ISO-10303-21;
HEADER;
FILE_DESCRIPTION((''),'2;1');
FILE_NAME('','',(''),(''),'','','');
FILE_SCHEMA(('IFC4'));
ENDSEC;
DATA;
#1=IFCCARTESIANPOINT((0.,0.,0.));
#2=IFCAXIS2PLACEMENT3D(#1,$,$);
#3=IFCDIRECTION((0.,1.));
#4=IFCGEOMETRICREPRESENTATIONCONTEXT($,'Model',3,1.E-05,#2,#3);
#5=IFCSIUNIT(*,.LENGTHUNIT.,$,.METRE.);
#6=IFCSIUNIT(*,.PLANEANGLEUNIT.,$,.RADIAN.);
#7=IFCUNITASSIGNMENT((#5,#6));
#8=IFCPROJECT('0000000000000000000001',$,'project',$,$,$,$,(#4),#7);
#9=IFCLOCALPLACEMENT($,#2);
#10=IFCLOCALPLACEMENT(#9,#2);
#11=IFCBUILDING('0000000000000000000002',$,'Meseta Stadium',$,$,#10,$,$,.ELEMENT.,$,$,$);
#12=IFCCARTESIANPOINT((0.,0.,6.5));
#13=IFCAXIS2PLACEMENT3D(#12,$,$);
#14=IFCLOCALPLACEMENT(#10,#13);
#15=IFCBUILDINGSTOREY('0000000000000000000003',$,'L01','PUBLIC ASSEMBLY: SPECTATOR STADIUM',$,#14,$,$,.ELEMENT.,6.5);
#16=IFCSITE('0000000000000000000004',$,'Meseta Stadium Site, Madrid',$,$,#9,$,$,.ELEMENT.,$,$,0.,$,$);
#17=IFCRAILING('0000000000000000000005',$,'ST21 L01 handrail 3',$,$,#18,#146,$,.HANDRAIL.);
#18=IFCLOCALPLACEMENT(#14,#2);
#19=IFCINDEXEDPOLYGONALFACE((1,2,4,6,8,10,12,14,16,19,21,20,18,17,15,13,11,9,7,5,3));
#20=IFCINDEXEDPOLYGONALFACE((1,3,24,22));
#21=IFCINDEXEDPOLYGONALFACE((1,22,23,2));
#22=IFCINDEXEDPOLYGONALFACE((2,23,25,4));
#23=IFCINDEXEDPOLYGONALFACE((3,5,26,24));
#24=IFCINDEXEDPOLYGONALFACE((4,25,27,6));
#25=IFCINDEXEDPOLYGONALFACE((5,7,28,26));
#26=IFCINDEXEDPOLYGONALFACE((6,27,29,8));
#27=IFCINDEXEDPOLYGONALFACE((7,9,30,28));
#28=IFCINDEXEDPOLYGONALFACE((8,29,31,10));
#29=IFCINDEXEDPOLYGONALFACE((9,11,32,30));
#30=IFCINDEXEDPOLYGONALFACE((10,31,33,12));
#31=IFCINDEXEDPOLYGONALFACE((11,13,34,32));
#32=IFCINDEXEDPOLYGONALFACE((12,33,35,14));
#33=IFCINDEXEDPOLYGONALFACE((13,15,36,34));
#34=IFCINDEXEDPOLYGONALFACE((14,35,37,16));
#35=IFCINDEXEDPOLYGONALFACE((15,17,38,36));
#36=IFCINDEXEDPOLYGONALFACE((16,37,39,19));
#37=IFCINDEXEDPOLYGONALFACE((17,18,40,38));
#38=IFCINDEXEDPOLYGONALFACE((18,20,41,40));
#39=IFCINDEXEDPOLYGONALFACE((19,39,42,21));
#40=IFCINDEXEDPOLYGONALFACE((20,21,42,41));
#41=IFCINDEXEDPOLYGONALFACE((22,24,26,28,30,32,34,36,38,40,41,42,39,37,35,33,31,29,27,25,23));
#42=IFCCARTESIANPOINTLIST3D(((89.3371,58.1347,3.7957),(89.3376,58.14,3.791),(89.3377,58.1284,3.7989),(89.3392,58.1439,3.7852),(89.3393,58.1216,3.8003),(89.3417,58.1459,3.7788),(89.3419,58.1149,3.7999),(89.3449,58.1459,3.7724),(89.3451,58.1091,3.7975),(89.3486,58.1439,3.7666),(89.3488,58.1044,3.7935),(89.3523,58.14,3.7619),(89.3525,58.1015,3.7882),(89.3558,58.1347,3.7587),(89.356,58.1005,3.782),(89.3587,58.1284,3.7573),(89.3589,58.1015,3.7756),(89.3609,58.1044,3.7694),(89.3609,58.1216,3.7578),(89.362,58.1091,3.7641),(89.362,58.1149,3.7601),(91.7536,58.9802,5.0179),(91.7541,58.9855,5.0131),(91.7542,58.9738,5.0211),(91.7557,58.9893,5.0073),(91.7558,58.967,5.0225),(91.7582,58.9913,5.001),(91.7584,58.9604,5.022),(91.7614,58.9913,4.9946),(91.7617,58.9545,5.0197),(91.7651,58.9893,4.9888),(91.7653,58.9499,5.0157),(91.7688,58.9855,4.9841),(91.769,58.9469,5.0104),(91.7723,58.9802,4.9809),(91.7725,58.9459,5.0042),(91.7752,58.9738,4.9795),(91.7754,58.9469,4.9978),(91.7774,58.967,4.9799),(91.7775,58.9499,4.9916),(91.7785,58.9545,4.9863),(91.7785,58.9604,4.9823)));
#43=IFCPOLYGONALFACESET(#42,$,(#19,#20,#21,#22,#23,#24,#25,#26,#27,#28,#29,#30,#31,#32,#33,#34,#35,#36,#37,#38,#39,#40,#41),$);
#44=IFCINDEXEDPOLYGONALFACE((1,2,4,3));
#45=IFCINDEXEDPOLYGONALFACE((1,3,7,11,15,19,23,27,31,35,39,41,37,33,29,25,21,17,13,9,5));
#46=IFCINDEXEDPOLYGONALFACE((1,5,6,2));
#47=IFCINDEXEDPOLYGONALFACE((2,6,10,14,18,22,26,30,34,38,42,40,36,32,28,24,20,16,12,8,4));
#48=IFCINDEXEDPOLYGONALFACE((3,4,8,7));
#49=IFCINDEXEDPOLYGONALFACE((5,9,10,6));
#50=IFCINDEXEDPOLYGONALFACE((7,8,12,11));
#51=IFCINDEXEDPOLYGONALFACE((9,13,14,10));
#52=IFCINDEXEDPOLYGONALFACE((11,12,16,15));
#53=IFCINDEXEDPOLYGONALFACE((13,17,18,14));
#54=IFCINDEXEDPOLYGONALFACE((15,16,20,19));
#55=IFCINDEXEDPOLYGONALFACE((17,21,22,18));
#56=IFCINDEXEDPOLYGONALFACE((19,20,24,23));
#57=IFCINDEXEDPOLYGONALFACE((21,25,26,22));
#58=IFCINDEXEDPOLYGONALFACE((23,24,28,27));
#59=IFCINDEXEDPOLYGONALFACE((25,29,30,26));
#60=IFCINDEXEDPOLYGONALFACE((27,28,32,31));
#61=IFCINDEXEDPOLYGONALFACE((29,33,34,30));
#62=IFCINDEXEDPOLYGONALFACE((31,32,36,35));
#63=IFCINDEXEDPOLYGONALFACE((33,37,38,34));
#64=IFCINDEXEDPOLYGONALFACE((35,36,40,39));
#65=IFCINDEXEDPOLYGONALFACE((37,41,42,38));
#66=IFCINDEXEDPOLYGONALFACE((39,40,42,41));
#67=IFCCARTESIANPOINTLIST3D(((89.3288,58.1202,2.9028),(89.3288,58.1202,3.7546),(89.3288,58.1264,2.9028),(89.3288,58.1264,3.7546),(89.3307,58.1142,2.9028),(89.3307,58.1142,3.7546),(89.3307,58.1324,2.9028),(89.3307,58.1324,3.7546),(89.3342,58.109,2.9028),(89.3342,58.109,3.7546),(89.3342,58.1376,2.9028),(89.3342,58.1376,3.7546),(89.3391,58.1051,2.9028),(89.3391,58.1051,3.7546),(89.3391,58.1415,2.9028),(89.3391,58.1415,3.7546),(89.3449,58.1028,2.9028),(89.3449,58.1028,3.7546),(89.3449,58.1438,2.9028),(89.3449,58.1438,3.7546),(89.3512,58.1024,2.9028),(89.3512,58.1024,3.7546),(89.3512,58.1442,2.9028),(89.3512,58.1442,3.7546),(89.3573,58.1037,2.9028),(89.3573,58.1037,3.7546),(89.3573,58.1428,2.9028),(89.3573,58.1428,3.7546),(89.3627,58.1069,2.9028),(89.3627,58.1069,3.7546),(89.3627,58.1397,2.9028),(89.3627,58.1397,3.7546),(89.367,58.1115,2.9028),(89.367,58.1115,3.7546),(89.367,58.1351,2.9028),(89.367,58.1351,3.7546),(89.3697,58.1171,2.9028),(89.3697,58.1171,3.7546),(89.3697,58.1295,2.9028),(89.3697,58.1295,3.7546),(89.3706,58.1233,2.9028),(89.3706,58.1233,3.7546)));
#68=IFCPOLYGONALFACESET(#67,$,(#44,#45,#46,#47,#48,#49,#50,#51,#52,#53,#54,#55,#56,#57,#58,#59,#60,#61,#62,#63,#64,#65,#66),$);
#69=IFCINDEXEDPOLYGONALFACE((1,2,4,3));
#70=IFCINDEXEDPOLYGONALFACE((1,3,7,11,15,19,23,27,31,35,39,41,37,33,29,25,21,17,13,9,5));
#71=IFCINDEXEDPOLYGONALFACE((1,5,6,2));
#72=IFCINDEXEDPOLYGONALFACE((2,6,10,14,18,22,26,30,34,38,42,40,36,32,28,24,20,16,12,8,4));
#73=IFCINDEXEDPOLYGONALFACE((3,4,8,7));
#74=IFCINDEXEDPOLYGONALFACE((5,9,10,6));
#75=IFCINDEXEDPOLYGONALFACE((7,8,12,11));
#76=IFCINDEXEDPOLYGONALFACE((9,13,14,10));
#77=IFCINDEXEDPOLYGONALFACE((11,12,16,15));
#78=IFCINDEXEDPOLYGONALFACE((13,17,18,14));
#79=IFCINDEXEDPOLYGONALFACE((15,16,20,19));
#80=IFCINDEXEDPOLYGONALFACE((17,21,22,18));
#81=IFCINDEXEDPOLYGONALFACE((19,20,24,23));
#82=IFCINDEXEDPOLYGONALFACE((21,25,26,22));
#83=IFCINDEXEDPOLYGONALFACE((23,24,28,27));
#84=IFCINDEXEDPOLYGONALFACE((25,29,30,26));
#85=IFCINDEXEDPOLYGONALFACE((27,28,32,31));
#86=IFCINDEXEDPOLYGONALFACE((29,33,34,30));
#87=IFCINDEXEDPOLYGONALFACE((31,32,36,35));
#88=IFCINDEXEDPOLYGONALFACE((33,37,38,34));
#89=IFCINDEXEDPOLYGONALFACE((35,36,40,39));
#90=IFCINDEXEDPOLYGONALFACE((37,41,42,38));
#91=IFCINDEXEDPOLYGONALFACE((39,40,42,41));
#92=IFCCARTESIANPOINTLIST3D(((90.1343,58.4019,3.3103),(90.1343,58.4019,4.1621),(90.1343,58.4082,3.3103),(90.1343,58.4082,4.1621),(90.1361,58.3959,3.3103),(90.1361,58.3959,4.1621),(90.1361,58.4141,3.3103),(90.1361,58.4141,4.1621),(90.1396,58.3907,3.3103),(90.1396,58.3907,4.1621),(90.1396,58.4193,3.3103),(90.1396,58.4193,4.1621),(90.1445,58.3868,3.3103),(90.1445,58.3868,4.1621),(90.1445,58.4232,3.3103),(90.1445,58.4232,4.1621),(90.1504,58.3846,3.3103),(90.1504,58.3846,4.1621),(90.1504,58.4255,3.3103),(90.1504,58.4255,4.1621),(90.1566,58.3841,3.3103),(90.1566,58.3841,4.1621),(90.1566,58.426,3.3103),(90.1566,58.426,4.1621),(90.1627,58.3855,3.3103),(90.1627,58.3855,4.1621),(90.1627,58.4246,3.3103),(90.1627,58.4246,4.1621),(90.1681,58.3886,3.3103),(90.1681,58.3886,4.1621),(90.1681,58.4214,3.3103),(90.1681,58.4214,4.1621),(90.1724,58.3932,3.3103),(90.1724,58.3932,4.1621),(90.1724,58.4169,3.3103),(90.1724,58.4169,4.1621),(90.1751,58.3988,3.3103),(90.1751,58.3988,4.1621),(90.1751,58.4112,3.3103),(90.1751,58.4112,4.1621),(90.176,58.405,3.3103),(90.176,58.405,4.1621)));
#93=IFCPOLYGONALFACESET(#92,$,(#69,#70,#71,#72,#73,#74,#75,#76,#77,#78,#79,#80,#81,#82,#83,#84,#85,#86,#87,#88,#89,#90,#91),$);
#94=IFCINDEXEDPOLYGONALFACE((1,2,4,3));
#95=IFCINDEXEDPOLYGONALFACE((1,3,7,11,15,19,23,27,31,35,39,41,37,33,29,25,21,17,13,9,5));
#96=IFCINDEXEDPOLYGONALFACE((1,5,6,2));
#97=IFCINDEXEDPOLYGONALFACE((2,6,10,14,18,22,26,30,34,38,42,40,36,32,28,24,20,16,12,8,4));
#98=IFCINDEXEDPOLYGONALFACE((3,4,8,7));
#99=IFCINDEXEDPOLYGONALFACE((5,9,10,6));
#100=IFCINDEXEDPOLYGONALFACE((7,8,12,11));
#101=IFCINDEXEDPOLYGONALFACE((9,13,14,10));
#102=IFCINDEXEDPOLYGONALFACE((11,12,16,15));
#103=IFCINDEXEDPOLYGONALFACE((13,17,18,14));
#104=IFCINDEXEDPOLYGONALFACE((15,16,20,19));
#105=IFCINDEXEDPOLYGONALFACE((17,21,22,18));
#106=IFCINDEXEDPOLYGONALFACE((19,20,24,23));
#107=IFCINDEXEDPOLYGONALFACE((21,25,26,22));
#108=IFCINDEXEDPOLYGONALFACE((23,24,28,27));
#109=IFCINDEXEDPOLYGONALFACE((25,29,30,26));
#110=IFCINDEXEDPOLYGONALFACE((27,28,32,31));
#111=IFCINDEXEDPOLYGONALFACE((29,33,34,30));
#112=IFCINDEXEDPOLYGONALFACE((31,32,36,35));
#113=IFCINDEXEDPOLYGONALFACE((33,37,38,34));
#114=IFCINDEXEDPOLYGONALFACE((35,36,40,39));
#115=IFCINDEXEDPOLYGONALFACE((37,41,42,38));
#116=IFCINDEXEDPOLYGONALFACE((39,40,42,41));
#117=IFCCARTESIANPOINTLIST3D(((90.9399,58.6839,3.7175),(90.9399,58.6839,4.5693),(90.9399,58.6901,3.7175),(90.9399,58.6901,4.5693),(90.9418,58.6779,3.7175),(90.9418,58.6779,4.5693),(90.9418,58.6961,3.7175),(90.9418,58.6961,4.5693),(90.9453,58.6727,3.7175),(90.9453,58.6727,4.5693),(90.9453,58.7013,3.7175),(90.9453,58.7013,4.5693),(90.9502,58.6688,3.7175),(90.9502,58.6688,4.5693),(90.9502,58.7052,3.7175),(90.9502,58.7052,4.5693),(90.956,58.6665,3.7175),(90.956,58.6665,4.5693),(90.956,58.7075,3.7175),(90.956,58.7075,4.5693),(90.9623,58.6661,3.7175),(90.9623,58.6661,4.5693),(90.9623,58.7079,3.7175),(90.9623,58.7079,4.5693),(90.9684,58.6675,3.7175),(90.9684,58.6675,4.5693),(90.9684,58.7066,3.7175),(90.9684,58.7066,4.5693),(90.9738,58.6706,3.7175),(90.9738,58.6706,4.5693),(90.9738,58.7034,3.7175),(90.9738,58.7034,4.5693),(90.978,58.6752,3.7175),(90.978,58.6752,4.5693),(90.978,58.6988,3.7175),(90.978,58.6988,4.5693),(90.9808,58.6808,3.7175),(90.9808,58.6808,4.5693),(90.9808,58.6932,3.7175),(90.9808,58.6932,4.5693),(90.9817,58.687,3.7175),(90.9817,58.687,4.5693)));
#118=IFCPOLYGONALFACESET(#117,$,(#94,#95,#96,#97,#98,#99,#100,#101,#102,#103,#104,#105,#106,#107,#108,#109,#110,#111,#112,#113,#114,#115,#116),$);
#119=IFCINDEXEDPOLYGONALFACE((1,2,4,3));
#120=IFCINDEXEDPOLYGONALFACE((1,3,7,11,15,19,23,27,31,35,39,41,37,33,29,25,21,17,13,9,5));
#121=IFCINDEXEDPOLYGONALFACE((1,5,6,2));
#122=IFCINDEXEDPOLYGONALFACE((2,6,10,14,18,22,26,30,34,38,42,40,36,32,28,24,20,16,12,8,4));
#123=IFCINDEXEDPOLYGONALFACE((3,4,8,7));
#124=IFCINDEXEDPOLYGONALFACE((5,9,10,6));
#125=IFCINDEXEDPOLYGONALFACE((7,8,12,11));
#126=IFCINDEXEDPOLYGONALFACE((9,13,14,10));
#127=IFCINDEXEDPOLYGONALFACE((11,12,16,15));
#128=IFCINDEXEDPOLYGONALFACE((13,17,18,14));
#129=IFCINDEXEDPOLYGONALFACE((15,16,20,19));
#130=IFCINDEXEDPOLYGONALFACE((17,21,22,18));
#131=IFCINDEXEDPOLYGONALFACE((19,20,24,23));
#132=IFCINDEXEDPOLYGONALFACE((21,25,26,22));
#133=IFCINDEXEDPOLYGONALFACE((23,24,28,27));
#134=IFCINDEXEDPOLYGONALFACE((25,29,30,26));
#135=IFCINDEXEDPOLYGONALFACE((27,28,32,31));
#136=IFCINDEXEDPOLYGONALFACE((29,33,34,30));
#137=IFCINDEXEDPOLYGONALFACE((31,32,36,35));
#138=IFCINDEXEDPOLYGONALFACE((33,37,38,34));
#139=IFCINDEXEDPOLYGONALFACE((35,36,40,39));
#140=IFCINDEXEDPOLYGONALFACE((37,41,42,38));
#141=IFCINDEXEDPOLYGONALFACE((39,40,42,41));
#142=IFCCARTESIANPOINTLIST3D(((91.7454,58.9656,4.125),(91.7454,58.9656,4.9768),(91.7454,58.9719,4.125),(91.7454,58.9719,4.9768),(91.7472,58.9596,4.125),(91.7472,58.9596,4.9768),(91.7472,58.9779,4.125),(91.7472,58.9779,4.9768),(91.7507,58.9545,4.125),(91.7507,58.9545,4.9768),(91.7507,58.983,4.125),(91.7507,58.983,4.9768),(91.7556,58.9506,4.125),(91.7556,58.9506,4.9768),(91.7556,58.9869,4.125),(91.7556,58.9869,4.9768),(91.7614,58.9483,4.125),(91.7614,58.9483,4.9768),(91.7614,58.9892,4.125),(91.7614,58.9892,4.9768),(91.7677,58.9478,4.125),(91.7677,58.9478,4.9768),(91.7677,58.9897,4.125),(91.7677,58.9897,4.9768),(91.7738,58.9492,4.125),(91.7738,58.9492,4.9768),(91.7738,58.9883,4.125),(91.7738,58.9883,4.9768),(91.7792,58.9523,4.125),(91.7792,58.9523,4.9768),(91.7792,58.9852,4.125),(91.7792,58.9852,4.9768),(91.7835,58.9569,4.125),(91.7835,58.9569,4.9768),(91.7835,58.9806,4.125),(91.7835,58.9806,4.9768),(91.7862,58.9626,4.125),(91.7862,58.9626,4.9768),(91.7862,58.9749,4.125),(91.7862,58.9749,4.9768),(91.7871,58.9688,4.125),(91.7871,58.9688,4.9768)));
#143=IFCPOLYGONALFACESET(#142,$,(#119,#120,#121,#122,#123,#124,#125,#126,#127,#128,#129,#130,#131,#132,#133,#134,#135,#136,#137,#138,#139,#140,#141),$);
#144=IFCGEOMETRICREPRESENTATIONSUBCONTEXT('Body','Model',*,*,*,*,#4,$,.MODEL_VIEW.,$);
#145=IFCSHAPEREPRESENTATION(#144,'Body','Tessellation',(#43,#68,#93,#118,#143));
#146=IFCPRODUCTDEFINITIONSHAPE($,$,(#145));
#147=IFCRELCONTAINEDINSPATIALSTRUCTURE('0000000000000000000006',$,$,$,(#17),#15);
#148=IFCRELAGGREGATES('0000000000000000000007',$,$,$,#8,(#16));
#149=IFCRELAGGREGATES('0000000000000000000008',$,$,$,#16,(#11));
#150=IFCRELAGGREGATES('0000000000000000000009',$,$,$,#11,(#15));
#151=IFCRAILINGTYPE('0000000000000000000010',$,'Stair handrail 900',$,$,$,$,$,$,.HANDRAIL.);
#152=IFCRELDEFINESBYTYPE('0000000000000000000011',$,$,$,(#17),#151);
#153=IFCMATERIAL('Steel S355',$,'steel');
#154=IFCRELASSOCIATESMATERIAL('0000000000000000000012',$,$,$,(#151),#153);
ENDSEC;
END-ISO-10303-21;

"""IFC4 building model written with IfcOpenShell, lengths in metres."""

from ifc_helpers import new_model, si_unit, direction, frame, origin, origin_2d, place, context, subcontext, project, spatial, circle, extrude, material, type_object, element, save


model = new_model("IFC4")

# Units and contexts
model_context = context("Model", 3, precision=1e-05, world=origin(), true_north=direction((0.0, 1.0)))
body_context = subcontext(model_context, "Body", "Model", "MODEL_VIEW")
ifc_project = project(units=[si_unit("LENGTHUNIT", "METRE"), si_unit("PLANEANGLEUNIT", "RADIAN")], contexts=[model_context])

# Site, building, storey
site_placement = place(None, origin())
site = spatial("IfcSite", under=ifc_project, at=site_placement, Name="Meseta Stadium Site, Madrid", CompositionType="ELEMENT", RefElevation=0.0)
building_placement = place(site_placement, origin())
building = spatial("IfcBuilding", under=site, at=building_placement, Name="Meseta Stadium", CompositionType="ELEMENT")
storey_placement = place(building_placement, frame((0.0, 0.0, 6.5)))
storey = spatial("IfcBuildingStorey", under=building, at=storey_placement, Name="L01", Description="PUBLIC ASSEMBLY: SPECTATOR STADIUM", CompositionType="ELEMENT", Elevation=6.5)

# Railing
ifc_material_1 = material(Name="Steel S355", Category="steel")
railing_type_1 = type_object("IfcRailingType", Name="Stair handrail 900", PredefinedType="HANDRAIL", material=ifc_material_1)
railing_1_placement = place(storey_placement, frame((89.3496, 58.1233, 2.9028)))
element("IfcRailing", 1, at=railing_1_placement, inside=storey, type_object=railing_type_1, Name="ST21 L01 handrail 3", PredefinedType="HANDRAIL", context=body_context, shape_type="SweptSolid", body=[
    extrude(circle(Radius=0.0239, at=origin_2d()), frame((0.0, 0.0, 0.876), z_axis=(0.851812, 0.298022, 0.430811), x_axis=(-0.33024, 0.943897, 0.0)), (0.0, 0.0, 1.0), 2.8369),
    extrude(circle(Radius=0.021, at=origin_2d()), origin(), (0.0, 0.0, 1.0), 0.8518),
    extrude(circle(Radius=0.021, at=origin_2d()), frame((0.8054, 0.2817, 0.4075)), (0.0, 0.0, 1.0), 0.8518),
    extrude(circle(Radius=0.021, at=origin_2d()), frame((1.6111, 0.5637, 0.8147)), (0.0, 0.0, 1.0), 0.8518),
    extrude(circle(Radius=0.021, at=origin_2d()), frame((2.4165, 0.8455, 1.2222)), (0.0, 0.0, 1.0), 0.8518),
])

save(model, "model.ifc")
